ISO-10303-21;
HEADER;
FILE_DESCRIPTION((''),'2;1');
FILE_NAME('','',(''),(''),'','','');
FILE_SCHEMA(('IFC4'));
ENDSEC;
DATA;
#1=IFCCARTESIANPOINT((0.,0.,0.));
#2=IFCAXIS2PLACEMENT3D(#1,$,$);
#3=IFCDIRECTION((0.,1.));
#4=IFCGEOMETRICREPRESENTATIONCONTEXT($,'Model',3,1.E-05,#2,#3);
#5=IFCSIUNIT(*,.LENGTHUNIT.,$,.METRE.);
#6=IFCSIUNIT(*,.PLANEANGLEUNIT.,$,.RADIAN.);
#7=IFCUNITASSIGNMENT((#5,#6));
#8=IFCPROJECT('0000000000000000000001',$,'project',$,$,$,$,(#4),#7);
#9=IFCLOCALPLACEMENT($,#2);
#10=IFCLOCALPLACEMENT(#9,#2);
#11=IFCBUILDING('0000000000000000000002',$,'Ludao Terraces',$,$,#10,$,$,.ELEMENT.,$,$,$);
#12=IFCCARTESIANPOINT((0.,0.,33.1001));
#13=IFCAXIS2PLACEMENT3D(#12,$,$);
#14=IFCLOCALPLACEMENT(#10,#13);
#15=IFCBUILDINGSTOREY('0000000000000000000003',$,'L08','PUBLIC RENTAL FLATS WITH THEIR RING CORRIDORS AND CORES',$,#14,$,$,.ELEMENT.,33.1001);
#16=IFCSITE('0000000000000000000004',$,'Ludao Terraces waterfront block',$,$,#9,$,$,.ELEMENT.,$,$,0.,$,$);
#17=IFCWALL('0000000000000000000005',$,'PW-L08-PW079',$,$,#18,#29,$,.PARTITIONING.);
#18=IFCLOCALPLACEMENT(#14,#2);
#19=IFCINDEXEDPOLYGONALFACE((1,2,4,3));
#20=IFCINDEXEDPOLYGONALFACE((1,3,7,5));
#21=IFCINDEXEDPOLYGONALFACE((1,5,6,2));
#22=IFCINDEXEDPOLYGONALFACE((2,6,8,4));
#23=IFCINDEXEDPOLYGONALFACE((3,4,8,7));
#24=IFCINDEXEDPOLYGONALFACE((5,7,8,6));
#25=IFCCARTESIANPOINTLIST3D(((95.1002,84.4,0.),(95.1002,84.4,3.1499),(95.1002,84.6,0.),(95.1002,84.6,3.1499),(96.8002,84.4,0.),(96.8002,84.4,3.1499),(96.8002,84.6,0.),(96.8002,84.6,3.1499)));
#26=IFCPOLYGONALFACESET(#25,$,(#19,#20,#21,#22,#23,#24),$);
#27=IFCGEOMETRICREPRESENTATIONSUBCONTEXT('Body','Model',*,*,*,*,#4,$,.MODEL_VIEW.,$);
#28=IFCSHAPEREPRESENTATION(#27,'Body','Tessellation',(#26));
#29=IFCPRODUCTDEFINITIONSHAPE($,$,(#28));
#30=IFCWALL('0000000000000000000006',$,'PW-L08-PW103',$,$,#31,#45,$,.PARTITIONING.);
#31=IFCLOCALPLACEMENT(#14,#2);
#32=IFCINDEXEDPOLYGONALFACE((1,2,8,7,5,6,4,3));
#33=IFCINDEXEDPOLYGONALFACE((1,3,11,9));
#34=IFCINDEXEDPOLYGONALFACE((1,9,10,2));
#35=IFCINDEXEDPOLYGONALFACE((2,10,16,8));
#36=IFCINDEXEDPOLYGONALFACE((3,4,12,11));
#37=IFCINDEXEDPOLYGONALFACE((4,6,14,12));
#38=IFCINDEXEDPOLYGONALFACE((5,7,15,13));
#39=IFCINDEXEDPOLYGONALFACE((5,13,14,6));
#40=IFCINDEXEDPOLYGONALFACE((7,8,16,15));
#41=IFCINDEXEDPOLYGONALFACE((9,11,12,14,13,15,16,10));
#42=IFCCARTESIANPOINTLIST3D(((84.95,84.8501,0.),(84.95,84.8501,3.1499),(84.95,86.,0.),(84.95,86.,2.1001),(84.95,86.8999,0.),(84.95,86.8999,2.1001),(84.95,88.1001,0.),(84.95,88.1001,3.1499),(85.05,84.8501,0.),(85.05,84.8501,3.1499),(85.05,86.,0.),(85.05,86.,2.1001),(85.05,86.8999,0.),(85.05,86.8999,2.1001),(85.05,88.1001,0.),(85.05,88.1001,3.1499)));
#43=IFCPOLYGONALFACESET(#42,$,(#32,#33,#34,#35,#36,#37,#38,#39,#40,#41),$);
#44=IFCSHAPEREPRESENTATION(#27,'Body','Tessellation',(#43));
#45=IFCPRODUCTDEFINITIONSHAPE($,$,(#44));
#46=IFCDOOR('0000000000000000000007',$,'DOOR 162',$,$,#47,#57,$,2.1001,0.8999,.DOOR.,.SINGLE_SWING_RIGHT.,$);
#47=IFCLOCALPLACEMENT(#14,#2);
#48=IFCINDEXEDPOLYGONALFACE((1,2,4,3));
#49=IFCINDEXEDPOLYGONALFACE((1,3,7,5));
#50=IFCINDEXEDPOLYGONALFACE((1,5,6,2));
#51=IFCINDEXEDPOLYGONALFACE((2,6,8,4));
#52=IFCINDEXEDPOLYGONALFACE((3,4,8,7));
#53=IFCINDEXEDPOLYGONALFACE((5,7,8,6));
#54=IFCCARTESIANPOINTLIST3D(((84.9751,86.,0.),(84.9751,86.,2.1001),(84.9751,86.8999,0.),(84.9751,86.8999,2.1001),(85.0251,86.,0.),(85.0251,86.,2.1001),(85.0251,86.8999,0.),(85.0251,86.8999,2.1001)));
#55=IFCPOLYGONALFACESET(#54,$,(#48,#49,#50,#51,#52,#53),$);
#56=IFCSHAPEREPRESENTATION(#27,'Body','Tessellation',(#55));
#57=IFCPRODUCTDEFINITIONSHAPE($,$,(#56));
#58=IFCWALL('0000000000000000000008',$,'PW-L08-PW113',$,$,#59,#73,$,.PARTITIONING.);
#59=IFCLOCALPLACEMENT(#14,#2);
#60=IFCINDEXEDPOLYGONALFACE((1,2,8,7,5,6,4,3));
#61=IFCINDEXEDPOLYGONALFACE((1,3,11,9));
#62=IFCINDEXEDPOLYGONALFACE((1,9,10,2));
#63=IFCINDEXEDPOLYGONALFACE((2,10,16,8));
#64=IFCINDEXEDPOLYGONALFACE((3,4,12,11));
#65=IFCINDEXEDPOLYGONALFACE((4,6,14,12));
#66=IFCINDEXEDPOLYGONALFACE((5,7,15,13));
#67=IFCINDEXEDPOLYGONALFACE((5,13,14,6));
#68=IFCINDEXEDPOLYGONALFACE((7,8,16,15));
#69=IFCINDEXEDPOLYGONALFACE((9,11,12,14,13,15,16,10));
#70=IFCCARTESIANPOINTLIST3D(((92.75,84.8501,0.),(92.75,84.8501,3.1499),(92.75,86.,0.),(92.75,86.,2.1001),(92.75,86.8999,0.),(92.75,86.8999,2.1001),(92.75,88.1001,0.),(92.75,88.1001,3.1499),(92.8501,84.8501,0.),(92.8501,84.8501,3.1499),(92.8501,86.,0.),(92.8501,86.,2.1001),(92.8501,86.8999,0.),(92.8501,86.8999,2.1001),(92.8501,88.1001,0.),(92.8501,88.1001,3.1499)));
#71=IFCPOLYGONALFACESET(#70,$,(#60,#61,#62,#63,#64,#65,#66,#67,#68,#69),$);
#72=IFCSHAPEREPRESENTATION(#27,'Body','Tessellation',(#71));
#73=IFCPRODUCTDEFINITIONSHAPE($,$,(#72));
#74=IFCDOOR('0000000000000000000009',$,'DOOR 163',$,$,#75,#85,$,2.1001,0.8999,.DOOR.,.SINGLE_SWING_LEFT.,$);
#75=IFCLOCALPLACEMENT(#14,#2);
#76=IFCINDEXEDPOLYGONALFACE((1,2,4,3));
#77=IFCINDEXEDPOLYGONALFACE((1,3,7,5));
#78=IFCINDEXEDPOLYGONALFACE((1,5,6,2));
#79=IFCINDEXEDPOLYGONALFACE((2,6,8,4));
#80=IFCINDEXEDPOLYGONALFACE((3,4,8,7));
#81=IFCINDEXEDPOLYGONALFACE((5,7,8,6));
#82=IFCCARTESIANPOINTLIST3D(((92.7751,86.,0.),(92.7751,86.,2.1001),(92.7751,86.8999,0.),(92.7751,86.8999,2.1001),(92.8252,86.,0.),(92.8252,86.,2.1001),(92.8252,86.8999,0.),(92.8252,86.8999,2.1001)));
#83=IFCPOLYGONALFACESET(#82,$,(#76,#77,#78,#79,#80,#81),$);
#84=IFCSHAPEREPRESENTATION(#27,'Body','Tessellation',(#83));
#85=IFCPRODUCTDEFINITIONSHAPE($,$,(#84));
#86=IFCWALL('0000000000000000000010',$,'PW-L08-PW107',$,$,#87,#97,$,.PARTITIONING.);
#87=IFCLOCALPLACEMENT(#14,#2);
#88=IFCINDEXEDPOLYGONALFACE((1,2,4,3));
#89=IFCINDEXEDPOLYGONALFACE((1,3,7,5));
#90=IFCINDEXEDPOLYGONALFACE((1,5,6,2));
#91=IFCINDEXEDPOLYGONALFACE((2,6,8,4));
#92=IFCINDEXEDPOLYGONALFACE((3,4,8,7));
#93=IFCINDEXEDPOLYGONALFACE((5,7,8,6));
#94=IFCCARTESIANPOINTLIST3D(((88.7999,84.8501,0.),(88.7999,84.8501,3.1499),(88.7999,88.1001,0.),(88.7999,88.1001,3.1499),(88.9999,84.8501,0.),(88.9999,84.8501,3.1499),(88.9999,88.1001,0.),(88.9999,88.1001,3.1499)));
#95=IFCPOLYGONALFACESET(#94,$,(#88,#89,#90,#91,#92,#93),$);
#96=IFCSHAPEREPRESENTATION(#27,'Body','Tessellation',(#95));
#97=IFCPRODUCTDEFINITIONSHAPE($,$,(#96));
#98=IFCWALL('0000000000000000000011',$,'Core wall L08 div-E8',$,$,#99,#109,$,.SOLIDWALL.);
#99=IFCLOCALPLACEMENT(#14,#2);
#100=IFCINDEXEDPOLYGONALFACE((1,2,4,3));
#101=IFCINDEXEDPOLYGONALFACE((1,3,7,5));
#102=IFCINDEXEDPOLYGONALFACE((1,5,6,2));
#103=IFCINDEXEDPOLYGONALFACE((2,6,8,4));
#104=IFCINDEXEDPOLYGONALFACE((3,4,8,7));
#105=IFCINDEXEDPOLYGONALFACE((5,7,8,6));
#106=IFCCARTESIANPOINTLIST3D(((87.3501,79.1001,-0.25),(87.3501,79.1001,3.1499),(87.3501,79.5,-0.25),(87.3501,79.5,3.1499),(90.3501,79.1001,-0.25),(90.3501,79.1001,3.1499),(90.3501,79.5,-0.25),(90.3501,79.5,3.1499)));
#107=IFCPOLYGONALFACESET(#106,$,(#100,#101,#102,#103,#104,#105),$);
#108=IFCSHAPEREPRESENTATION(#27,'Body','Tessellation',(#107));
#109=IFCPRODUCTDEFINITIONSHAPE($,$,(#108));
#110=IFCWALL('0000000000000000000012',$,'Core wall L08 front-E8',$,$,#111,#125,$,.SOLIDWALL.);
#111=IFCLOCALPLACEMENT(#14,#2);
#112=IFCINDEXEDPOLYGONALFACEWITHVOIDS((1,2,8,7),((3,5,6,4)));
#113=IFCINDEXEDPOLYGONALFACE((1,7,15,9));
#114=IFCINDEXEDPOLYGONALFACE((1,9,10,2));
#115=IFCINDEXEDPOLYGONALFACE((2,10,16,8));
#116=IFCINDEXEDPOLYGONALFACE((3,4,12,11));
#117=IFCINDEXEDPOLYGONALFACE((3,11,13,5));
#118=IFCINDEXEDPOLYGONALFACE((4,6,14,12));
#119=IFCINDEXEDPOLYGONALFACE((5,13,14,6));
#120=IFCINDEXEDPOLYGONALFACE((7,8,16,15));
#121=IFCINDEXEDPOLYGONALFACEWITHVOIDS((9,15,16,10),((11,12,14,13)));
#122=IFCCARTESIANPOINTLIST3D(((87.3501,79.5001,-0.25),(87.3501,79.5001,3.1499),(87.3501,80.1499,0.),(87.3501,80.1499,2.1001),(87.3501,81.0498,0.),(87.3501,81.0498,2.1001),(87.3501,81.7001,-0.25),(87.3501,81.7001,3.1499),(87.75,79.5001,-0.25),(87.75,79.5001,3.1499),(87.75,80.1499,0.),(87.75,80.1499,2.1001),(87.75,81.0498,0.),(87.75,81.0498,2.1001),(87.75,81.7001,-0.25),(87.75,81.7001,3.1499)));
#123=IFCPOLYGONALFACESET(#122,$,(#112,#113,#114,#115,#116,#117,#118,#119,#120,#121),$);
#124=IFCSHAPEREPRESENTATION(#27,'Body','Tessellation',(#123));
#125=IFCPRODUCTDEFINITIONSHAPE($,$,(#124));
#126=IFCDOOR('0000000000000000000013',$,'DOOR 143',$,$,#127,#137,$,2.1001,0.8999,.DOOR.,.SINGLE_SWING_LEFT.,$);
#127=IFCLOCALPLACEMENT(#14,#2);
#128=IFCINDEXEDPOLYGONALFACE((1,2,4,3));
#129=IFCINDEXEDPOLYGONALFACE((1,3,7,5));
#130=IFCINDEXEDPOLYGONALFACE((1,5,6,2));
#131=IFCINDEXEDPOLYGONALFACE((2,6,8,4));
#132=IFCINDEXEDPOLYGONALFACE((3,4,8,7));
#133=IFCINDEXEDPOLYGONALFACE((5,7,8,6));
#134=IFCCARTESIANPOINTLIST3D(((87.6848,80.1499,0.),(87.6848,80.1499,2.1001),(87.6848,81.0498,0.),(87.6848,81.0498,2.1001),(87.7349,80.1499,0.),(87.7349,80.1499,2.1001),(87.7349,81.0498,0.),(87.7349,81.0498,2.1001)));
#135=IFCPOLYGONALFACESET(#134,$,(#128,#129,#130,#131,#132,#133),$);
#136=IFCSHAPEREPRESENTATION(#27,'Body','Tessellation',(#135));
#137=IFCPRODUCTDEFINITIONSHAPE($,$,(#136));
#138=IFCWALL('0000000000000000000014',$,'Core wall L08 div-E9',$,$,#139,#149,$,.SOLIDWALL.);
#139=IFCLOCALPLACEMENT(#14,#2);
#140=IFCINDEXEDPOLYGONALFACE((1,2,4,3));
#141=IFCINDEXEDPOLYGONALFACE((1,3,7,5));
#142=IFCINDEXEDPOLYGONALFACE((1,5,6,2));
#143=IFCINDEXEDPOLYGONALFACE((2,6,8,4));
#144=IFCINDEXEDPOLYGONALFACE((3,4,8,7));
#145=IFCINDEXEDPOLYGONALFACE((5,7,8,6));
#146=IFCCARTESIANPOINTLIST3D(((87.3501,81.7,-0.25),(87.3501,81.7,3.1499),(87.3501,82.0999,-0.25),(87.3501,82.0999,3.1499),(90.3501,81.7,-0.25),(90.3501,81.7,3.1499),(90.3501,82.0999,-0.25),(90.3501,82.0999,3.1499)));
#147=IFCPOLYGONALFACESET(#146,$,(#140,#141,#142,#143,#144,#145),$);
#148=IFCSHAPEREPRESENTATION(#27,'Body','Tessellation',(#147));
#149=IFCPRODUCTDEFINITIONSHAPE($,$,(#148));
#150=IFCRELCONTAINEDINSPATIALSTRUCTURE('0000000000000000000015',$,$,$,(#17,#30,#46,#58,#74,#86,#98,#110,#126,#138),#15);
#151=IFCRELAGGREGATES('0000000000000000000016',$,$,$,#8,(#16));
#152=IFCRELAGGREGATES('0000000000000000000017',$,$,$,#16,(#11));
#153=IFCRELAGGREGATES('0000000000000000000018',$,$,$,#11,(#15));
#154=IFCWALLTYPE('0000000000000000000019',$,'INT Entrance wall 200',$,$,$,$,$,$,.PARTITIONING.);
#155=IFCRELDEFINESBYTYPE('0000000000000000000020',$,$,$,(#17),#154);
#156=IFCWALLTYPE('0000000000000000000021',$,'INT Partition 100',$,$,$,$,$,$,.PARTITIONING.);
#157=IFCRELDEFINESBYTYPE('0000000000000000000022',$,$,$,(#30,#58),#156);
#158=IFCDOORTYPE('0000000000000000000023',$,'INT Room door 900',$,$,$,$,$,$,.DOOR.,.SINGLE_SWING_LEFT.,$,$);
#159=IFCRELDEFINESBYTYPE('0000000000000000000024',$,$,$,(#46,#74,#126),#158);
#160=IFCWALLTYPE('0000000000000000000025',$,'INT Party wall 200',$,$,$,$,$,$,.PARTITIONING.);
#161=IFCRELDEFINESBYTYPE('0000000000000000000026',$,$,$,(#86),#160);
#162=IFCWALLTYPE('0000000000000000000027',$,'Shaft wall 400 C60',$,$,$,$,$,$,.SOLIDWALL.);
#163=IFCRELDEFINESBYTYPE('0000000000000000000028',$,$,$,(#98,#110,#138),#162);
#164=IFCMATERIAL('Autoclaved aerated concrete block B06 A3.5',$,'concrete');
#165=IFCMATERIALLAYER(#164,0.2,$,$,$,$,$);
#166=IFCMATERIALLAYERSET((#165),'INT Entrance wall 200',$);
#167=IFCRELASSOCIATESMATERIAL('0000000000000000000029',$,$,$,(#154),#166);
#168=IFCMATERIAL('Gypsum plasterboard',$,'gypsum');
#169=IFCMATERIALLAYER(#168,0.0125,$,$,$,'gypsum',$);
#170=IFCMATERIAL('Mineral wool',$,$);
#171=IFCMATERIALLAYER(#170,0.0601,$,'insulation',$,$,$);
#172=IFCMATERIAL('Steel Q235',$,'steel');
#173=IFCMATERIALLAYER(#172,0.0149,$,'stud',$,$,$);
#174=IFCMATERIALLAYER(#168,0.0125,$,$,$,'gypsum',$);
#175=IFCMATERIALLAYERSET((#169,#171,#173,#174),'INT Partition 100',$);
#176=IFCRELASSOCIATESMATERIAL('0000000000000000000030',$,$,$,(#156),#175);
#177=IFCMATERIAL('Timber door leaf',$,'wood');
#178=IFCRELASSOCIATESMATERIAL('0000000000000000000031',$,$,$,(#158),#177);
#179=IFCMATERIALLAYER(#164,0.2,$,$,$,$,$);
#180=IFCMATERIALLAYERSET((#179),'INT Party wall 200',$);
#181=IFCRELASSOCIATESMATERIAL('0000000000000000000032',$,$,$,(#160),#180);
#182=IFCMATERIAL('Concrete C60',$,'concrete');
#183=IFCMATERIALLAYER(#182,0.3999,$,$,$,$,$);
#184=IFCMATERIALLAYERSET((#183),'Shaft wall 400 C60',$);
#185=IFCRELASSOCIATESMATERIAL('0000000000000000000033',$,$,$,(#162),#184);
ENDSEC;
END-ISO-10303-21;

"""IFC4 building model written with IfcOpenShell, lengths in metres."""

from ifc_helpers import new_model, si_unit, direction, frame, frame_2d, origin, place, context, subcontext, project, spatial, rectangle, extrude, material, layer, layer_set, type_object, element, fill, save


model = new_model("IFC4")

# Units and contexts
model_context = context("Model", 3, precision=1e-05, world=origin(), true_north=direction((0.0, 1.0)))
body_context = subcontext(model_context, "Body", "Model", "MODEL_VIEW")
ifc_project = project(units=[si_unit("LENGTHUNIT", "METRE"), si_unit("PLANEANGLEUNIT", "RADIAN")], contexts=[model_context])

# Site, building, storey
site_placement = place(None, origin())
site = spatial("IfcSite", under=ifc_project, at=site_placement, Name="Ludao Terraces waterfront block", CompositionType="ELEMENT", RefElevation=0.0)
building_placement = place(site_placement, origin())
building = spatial("IfcBuilding", under=site, at=building_placement, Name="Ludao Terraces", CompositionType="ELEMENT")
storey_placement = place(building_placement, frame((0.0, 0.0, 33.1001)))
storey = spatial("IfcBuildingStorey", under=building, at=storey_placement, Name="L08", Description="PUBLIC RENTAL FLATS WITH THEIR RING CORRIDORS AND CORES", CompositionType="ELEMENT", Elevation=33.1001)

# Shared definitions
ifc_material_1 = material(Name="Mineral wool")

# Wall
ifc_material_2 = material(Name="Autoclaved aerated concrete block B06 A3.5", Category="concrete")
ifc_layer_1 = layer(ifc_material_2, 0.2)
ifc_layer_set_1 = layer_set([ifc_layer_1], Name="INT Entrance wall 200")
wall_type_1 = type_object("IfcWallType", Name="INT Entrance wall 200", PredefinedType="PARTITIONING", material=ifc_layer_set_1)
wall_1_placement = place(storey_placement, frame((95.1001, 84.5, 0.0), z_axis=(0.0, 0.0, 1.0), x_axis=(1.0, 0.0, 0.0)))
element("IfcWall", 1, at=wall_1_placement, inside=storey, type_object=wall_type_1, Name="PW-L08-PW079", PredefinedType="PARTITIONING", context=body_context, shape_type="SweptSolid", body=[
    extrude(rectangle(XDim=1.7, YDim=0.2, at=frame_2d((0.8501, 0.0))), origin(), (0.0, 0.0, 1.0), 3.1499),
])

# Walls, openings, doors
ifc_material_3 = material(Name="Gypsum plasterboard", Category="gypsum")
ifc_layer_2 = layer(ifc_material_3, 0.0125, Category="gypsum")
ifc_layer_3 = layer(ifc_material_1, 0.0601, Name="insulation")
ifc_material_4 = material(Name="Steel Q235", Category="steel")
ifc_layer_4 = layer(ifc_material_4, 0.0149, Name="stud")
ifc_layer_5 = layer(ifc_material_3, 0.0125, Category="gypsum")
ifc_layer_set_2 = layer_set([ifc_layer_2, ifc_layer_3, ifc_layer_4, ifc_layer_5], Name="INT Partition 100")
wall_type_2 = type_object("IfcWallType", Name="INT Partition 100", PredefinedType="PARTITIONING", material=ifc_layer_set_2)
wall_2_placement = place(storey_placement, frame((85.0, 84.8501, 0.0), z_axis=(0.0, 0.0, 1.0), x_axis=(0.0, 1.0, 0.0)))
wall_2 = element("IfcWall", 2, at=wall_2_placement, inside=storey, type_object=wall_type_2, Name="PW-L08-PW103", PredefinedType="PARTITIONING", context=body_context, shape_type="SweptSolid", body=[
    extrude(rectangle(XDim=3.25, YDim=0.1001, at=frame_2d((1.625, 0.0))), origin(), (0.0, 0.0, 1.0), 3.1499),
])
opening_1_placement = place(wall_2_placement, frame((1.1499, 0.0, 0.0)))
opening_1 = element("IfcOpeningElement", 3, at=opening_1_placement, cuts=wall_2, PredefinedType="OPENING", context=body_context, shape_type="SweptSolid", body=[
    extrude(rectangle(XDim=0.8999, YDim=2.1001, at=frame_2d((0.45, 1.05))), frame((0.0, 0.0601, 0.0), z_axis=(0.0, -1.0, 0.0), x_axis=(1.0, 0.0, 0.0)), (0.0, 0.0, 1.0), 0.1201),
])
ifc_material_5 = material(Name="Timber door leaf", Category="wood")
door_type_1 = type_object("IfcDoorType", Name="INT Room door 900", OperationType="SINGLE_SWING_LEFT", PredefinedType="DOOR", material=ifc_material_5)
door_1_placement = place(opening_1_placement, origin())
door_1 = element("IfcDoor", 4, at=door_1_placement, inside=storey, type_object=door_type_1, Name="DOOR 162", OperationType="SINGLE_SWING_RIGHT", OverallHeight=2.1001, OverallWidth=0.8999, PredefinedType="DOOR", context=body_context, shape_type="SweptSolid", body=[
    extrude(rectangle(XDim=0.8999, YDim=2.1001, at=frame_2d((0.45, 1.05))), frame((0.0, 0.0249, 0.0), z_axis=(0.0, -1.0, 0.0), x_axis=(1.0, 0.0, 0.0)), (0.0, 0.0, 1.0), 0.05),
])
fill(opening_1, door_1)
wall_3_placement = place(storey_placement, frame((92.8, 84.8501, 0.0), z_axis=(0.0, 0.0, 1.0), x_axis=(0.0, 1.0, 0.0)))
wall_3 = element("IfcWall", 5, at=wall_3_placement, inside=storey, type_object=wall_type_2, Name="PW-L08-PW113", PredefinedType="PARTITIONING", context=body_context, shape_type="SweptSolid", body=[
    extrude(rectangle(XDim=3.25, YDim=0.1001, at=frame_2d((1.625, 0.0))), origin(), (0.0, 0.0, 1.0), 3.1499),
])
opening_2_placement = place(wall_3_placement, frame((1.1499, 0.0, 0.0)))
opening_2 = element("IfcOpeningElement", 6, at=opening_2_placement, cuts=wall_3, PredefinedType="OPENING", context=body_context, shape_type="SweptSolid", body=[
    extrude(rectangle(XDim=0.8999, YDim=2.1001, at=frame_2d((0.45, 1.05))), frame((0.0, 0.0601, 0.0), z_axis=(0.0, -1.0, 0.0), x_axis=(1.0, 0.0, 0.0)), (0.0, 0.0, 1.0), 0.1201),
])
door_2_placement = place(opening_2_placement, origin())
door_2 = element("IfcDoor", 7, at=door_2_placement, inside=storey, type_object=door_type_1, Name="DOOR 163", OperationType="SINGLE_SWING_LEFT", OverallHeight=2.1001, OverallWidth=0.8999, PredefinedType="DOOR", context=body_context, shape_type="SweptSolid", body=[
    extrude(rectangle(XDim=0.8999, YDim=2.1001, at=frame_2d((0.45, 1.05))), frame((0.0, 0.0249, 0.0), z_axis=(0.0, -1.0, 0.0), x_axis=(1.0, 0.0, 0.0)), (0.0, 0.0, 1.0), 0.05),
])
fill(opening_2, door_2)

# Walls
ifc_layer_6 = layer(ifc_material_2, 0.2)
ifc_layer_set_3 = layer_set([ifc_layer_6], Name="INT Party wall 200")
wall_type_3 = type_object("IfcWallType", Name="INT Party wall 200", PredefinedType="PARTITIONING", material=ifc_layer_set_3)
wall_4_placement = place(storey_placement, frame((88.8999, 84.8501, 0.0), z_axis=(0.0, 0.0, 1.0), x_axis=(0.0, 1.0, 0.0)))
element("IfcWall", 8, at=wall_4_placement, inside=storey, type_object=wall_type_3, Name="PW-L08-PW107", PredefinedType="PARTITIONING", context=body_context, shape_type="SweptSolid", body=[
    extrude(rectangle(XDim=3.25, YDim=0.2, at=frame_2d((1.625, 0.0))), origin(), (0.0, 0.0, 1.0), 3.1499),
])
ifc_material_6 = material(Name="Concrete C60", Category="concrete")
ifc_layer_7 = layer(ifc_material_6, 0.3999)
ifc_layer_set_4 = layer_set([ifc_layer_7], Name="Shaft wall 400 C60")
wall_type_4 = type_object("IfcWallType", Name="Shaft wall 400 C60", PredefinedType="SOLIDWALL", material=ifc_layer_set_4)
wall_5_placement = place(storey_placement, frame((87.3501, 79.3, -0.25), z_axis=(0.0, 0.0, 1.0), x_axis=(1.0, 0.0, 0.0)))
element("IfcWall", 9, at=wall_5_placement, inside=storey, type_object=wall_type_4, Name="Core wall L08 div-E8", PredefinedType="SOLIDWALL", context=body_context, shape_type="SweptSolid", body=[
    extrude(rectangle(XDim=3.0, YDim=0.3999, at=frame_2d((1.5, 0.0))), origin(), (0.0, 0.0, 1.0), 3.3999),
])

# Wall, opening, door
wall_6_placement = place(storey_placement, frame((87.55, 79.5, -0.25), z_axis=(0.0, 0.0, 1.0), x_axis=(0.0, 1.0, 0.0)))
wall_6 = element("IfcWall", 10, at=wall_6_placement, inside=storey, type_object=wall_type_4, Name="Core wall L08 front-E8", PredefinedType="SOLIDWALL", context=body_context, shape_type="SweptSolid", body=[
    extrude(rectangle(XDim=2.2, YDim=0.3999, at=frame_2d((1.1001, 0.0))), origin(), (0.0, 0.0, 1.0), 3.3999),
])
opening_3_placement = place(wall_6_placement, frame((0.6499, 0.0, 0.25)))
opening_3 = element("IfcOpeningElement", 11, at=opening_3_placement, cuts=wall_6, PredefinedType="OPENING", context=body_context, shape_type="SweptSolid", body=[
    extrude(rectangle(XDim=0.8999, YDim=2.1001, at=frame_2d((0.45, 1.05))), frame((0.0, 0.21, 0.0), z_axis=(0.0, -1.0, 0.0), x_axis=(1.0, 0.0, 0.0)), (0.0, 0.0, 1.0), 0.4199),
])
door_3_placement = place(opening_3_placement, origin())
door_3 = element("IfcDoor", 12, at=door_3_placement, inside=storey, type_object=door_type_1, Name="DOOR 143", OperationType="SINGLE_SWING_LEFT", OverallHeight=2.1001, OverallWidth=0.8999, PredefinedType="DOOR", context=body_context, shape_type="SweptSolid", body=[
    extrude(rectangle(XDim=0.8999, YDim=2.1001, at=frame_2d((0.45, 1.05))), frame((0.0, -0.1348, 0.0), z_axis=(0.0, -1.0, 0.0), x_axis=(1.0, 0.0, 0.0)), (0.0, 0.0, 1.0), 0.05),
])
fill(opening_3, door_3)

# Wall
wall_7_placement = place(storey_placement, frame((87.3501, 81.8999, -0.25), z_axis=(0.0, 0.0, 1.0), x_axis=(1.0, 0.0, 0.0)))
element("IfcWall", 13, at=wall_7_placement, inside=storey, type_object=wall_type_4, Name="Core wall L08 div-E9", PredefinedType="SOLIDWALL", context=body_context, shape_type="SweptSolid", body=[
    extrude(rectangle(XDim=3.0, YDim=0.3999, at=frame_2d((1.5, 0.0))), origin(), (0.0, 0.0, 1.0), 3.3999),
])

save(model, "model.ifc")
